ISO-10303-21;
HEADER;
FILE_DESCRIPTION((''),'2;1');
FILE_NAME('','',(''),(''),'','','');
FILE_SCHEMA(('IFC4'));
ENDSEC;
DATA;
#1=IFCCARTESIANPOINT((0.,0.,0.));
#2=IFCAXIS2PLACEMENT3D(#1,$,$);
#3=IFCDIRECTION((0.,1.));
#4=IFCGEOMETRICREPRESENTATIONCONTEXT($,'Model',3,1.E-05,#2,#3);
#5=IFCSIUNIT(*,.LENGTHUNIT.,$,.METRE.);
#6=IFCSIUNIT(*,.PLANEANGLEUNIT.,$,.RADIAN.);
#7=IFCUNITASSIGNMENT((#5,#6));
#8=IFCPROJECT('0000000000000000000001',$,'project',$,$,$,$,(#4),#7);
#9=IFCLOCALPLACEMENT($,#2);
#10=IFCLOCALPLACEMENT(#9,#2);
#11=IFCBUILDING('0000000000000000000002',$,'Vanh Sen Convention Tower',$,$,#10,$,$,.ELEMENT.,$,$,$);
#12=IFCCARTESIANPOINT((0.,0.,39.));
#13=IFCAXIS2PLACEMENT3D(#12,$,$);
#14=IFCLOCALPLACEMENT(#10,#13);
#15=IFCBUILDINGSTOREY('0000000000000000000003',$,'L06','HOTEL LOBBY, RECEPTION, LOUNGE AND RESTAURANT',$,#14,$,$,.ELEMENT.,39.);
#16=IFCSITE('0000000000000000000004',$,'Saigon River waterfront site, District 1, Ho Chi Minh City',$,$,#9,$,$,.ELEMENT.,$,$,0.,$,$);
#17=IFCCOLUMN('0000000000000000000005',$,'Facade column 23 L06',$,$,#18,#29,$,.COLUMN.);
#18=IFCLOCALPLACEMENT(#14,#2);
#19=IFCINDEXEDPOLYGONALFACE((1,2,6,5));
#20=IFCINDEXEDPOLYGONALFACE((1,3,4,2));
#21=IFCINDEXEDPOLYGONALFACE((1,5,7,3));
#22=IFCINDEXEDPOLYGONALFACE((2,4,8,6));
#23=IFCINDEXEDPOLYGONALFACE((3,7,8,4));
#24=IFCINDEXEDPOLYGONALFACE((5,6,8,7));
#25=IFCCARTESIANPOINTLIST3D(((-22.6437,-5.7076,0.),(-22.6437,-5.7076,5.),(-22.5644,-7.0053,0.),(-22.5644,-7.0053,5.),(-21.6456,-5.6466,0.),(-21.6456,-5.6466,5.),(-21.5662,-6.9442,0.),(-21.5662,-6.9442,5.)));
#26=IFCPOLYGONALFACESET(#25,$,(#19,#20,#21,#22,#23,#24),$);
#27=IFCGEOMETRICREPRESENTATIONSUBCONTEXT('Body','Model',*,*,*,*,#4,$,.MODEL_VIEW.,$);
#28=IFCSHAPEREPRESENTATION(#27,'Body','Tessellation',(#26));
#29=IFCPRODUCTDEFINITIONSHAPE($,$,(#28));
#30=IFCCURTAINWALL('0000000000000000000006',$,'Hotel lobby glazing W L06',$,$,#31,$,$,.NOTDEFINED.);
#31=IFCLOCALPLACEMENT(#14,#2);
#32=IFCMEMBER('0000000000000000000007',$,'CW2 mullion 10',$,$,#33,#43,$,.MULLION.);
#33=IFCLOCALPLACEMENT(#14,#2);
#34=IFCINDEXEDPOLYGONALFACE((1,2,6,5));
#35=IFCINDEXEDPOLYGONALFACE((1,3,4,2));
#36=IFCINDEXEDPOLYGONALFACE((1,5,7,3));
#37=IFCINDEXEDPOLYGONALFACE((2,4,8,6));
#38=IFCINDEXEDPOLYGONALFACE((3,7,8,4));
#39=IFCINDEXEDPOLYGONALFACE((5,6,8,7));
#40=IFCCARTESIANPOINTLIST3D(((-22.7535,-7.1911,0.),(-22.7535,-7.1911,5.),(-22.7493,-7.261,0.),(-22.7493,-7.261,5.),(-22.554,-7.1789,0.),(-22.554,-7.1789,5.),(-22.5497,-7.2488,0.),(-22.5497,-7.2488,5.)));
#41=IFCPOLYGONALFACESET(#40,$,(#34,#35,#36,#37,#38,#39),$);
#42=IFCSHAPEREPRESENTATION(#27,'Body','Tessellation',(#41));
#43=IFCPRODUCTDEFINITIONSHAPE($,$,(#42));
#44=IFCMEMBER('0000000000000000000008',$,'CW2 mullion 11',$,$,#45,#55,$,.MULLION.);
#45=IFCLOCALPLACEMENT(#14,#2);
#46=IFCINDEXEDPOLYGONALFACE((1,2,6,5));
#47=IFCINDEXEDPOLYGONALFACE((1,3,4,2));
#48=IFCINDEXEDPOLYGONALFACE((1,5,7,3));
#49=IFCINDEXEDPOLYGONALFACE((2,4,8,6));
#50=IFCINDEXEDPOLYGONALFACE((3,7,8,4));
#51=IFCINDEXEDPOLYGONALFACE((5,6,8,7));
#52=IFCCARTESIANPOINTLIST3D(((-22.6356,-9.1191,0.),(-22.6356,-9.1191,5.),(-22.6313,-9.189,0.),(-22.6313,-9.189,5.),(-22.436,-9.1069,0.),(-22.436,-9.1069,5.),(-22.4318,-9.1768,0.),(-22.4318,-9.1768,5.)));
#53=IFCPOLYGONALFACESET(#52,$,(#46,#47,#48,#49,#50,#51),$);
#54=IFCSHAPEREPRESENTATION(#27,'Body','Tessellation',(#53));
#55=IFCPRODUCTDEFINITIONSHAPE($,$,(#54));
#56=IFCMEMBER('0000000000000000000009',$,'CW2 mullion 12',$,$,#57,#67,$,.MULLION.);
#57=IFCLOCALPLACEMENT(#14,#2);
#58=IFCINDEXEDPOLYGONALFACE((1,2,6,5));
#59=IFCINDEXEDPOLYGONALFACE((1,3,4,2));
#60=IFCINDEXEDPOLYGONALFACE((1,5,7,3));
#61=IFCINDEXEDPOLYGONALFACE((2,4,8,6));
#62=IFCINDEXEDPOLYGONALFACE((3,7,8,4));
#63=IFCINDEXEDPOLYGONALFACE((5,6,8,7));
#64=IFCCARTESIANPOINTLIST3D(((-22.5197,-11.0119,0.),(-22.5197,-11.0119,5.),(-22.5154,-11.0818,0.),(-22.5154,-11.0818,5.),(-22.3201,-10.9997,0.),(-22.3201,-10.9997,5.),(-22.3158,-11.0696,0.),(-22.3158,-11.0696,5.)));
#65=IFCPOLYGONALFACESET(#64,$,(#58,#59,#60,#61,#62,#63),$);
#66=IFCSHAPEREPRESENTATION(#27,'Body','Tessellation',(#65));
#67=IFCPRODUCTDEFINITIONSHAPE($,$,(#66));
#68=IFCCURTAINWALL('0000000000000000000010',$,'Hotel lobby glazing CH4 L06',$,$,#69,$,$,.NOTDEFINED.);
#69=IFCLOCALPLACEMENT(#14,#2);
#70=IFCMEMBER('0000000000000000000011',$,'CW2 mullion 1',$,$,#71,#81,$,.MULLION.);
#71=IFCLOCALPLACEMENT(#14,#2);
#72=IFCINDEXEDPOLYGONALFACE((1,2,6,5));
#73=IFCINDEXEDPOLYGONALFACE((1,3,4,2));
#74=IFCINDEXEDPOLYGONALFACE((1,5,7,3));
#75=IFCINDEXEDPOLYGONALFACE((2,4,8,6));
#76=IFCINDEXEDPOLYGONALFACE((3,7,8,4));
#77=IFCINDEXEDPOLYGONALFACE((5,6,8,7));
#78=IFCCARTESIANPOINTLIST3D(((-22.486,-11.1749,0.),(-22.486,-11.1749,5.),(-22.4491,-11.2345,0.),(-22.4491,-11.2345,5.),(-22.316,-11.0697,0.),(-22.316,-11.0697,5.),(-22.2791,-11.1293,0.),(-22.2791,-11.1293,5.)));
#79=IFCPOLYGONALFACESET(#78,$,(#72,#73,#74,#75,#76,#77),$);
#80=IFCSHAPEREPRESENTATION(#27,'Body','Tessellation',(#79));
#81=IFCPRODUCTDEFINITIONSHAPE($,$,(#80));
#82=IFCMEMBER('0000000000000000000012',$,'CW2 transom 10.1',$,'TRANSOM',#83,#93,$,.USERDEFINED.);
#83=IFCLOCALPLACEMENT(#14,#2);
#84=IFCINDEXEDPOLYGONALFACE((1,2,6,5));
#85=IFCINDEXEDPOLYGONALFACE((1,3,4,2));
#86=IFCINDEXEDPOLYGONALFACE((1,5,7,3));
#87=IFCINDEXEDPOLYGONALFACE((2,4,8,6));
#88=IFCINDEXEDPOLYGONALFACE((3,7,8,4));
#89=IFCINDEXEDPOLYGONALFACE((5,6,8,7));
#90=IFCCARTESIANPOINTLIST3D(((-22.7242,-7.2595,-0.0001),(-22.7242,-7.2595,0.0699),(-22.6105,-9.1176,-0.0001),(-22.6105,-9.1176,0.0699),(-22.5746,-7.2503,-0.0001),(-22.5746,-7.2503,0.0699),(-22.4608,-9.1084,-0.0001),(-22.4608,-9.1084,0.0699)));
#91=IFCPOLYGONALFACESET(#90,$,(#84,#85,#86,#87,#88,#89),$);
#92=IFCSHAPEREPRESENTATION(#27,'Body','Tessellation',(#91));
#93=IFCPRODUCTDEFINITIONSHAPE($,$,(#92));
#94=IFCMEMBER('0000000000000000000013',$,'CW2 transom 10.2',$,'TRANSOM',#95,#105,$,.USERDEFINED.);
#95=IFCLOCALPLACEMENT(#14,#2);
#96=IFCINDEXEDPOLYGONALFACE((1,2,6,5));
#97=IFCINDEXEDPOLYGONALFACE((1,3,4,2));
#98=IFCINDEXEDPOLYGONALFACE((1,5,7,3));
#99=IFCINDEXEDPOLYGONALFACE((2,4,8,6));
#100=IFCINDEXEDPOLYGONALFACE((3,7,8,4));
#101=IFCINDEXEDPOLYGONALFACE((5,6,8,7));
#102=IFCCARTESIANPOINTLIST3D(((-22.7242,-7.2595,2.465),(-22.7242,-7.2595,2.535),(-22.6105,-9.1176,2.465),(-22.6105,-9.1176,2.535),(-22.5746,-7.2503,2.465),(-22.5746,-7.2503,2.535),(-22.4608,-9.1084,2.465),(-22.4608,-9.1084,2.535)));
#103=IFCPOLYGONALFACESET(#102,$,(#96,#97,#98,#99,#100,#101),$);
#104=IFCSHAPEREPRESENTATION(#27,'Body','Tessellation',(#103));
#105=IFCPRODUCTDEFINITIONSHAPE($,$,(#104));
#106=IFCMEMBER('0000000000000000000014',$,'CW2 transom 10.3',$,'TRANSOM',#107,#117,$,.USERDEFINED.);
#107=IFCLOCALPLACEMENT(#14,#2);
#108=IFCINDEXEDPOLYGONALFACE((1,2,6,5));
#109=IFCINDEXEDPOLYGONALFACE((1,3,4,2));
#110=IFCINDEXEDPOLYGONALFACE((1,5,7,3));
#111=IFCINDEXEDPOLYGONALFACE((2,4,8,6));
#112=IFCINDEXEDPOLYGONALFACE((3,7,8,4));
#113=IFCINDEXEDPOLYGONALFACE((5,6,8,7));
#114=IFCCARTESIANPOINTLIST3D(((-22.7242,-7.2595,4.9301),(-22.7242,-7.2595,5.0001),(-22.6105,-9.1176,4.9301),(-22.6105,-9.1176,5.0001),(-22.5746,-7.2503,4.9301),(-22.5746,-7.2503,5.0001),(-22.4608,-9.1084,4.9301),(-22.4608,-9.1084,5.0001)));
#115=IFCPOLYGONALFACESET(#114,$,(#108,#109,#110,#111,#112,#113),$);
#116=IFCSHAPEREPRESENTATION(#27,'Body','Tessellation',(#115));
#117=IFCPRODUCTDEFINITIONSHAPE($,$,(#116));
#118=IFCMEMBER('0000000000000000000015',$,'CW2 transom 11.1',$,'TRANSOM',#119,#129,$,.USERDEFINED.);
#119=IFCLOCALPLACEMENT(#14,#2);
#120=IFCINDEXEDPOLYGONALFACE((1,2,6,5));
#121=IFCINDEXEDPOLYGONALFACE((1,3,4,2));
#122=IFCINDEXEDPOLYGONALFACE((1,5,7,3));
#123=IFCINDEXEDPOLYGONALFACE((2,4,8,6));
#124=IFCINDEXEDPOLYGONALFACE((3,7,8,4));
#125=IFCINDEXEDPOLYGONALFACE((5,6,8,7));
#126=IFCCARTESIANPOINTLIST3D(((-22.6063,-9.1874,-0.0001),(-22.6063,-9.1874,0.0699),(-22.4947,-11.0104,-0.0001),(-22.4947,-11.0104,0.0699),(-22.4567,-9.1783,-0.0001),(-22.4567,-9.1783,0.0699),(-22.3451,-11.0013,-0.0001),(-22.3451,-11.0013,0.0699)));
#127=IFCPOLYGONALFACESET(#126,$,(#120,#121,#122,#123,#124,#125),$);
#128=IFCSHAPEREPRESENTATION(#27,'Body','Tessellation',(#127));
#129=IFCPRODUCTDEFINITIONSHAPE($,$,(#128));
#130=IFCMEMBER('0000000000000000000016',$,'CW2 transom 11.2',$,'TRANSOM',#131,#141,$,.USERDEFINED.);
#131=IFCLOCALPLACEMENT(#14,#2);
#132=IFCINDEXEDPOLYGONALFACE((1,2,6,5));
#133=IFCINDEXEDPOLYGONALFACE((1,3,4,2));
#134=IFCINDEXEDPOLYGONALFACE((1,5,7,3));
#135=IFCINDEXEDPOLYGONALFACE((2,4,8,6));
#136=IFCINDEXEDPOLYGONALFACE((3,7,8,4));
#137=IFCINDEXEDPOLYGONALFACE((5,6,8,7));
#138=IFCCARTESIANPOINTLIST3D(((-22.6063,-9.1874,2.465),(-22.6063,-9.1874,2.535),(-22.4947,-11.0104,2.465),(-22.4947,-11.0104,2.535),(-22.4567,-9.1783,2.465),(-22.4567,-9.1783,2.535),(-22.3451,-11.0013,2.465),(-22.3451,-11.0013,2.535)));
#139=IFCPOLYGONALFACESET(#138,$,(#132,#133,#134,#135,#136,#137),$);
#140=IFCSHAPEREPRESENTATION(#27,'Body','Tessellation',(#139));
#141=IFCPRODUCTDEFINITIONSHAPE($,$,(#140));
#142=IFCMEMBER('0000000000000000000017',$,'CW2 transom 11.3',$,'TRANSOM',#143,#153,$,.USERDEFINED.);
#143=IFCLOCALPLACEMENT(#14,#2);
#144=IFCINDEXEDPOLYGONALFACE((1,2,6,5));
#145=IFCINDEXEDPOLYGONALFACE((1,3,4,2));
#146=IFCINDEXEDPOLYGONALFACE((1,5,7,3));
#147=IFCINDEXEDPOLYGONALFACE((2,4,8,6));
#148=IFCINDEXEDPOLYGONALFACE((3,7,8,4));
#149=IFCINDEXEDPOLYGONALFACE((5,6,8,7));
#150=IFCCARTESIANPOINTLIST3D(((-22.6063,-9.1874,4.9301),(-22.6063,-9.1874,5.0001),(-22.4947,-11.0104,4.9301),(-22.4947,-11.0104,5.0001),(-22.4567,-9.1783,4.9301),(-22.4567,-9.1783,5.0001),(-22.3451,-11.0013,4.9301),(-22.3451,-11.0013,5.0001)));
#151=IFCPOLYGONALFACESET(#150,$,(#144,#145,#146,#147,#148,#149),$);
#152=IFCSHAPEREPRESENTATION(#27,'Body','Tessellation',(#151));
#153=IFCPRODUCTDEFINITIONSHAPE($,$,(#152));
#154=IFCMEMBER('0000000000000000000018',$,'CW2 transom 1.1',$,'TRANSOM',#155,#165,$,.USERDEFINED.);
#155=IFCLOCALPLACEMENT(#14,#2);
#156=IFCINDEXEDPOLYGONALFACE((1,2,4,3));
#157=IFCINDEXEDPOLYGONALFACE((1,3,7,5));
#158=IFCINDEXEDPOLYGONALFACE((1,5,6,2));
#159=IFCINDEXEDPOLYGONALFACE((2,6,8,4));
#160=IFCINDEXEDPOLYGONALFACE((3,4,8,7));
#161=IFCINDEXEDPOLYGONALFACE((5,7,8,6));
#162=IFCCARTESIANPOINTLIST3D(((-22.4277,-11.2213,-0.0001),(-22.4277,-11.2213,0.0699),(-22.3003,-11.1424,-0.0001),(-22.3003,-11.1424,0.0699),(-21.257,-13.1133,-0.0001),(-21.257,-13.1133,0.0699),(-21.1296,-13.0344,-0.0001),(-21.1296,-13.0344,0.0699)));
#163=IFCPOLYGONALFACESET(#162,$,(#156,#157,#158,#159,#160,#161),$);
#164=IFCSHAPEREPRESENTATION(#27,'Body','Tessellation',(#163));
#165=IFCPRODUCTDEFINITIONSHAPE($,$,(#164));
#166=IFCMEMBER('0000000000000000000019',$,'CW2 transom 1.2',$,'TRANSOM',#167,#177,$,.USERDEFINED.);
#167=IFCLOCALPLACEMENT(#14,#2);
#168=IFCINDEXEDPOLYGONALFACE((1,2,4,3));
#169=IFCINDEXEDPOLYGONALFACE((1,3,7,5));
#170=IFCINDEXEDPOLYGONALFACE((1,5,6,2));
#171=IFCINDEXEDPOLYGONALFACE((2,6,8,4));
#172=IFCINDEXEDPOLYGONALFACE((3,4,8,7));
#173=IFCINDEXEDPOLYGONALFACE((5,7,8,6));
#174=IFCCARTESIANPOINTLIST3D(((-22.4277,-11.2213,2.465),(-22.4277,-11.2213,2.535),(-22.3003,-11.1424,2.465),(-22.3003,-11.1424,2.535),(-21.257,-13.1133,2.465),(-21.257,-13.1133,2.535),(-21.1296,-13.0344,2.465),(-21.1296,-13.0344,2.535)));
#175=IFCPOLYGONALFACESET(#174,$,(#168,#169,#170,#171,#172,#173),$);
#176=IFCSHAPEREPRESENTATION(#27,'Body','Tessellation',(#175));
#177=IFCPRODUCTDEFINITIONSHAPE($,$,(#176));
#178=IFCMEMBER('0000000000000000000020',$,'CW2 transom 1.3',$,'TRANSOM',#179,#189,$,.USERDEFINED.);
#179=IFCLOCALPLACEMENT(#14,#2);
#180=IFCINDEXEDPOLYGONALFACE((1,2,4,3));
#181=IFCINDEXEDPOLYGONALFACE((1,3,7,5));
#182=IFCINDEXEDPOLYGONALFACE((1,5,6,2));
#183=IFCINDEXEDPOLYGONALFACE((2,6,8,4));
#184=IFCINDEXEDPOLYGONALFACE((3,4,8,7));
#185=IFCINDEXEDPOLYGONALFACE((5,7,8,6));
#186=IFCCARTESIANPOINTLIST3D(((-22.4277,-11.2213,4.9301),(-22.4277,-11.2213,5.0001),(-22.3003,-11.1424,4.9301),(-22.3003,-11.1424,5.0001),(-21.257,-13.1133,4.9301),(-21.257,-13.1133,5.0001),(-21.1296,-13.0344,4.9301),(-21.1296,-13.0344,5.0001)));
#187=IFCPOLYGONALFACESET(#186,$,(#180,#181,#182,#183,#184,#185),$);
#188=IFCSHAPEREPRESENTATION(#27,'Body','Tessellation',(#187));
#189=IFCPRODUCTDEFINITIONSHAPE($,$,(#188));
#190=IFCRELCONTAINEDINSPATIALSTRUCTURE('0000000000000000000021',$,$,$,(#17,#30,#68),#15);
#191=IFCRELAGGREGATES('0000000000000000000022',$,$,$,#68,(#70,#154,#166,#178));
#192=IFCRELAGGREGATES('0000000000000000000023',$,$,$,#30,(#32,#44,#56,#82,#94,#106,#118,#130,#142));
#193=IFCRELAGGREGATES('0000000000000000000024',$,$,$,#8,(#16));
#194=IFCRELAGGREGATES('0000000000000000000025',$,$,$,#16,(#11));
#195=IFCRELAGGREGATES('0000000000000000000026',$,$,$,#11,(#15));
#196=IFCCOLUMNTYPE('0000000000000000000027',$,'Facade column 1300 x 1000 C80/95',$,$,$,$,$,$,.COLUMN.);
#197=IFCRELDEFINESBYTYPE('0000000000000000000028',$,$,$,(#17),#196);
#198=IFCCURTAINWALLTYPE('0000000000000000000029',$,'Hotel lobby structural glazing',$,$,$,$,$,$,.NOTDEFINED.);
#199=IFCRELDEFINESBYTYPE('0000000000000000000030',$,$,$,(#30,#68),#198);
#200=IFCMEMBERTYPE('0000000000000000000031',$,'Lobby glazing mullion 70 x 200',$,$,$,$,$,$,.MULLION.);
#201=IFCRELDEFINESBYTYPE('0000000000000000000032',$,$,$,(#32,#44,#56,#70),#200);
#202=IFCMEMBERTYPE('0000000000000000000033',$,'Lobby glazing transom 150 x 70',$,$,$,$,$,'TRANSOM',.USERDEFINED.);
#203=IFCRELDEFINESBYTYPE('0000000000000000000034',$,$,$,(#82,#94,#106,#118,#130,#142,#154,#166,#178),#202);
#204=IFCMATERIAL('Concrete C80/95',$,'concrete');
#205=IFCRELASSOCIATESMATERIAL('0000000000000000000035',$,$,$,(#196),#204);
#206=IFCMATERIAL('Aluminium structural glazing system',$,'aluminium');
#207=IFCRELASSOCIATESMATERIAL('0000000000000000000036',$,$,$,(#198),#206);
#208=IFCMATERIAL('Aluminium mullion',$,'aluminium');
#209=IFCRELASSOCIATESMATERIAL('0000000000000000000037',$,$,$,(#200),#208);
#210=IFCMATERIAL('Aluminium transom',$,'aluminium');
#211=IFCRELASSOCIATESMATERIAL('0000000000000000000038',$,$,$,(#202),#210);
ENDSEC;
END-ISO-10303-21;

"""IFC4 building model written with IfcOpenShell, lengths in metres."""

from ifc_helpers import new_model, si_unit, direction, frame, origin, origin_2d, place, context, subcontext, project, spatial, rectangle, extrude, material, material_profile, profile_set, type_object, element, aggregate, save


model = new_model("IFC4")

# Units and contexts
model_context = context("Model", 3, precision=1e-05, world=origin(), true_north=direction((0.0, 1.0)))
body_context = subcontext(model_context, "Body", "Model", "MODEL_VIEW")
ifc_project = project(units=[si_unit("LENGTHUNIT", "METRE"), si_unit("PLANEANGLEUNIT", "RADIAN")], contexts=[model_context])

# Site, building, storey
site_placement = place(None, origin())
site = spatial("IfcSite", under=ifc_project, at=site_placement, Name="Saigon River waterfront site, District 1, Ho Chi Minh City", CompositionType="ELEMENT", RefElevation=0.0)
building_placement = place(site_placement, origin())
building = spatial("IfcBuilding", under=site, at=building_placement, Name="Vanh Sen Convention Tower", CompositionType="ELEMENT")
storey_placement = place(building_placement, frame((0.0, 0.0, 39.0)))
storey = spatial("IfcBuildingStorey", under=building, at=storey_placement, Name="L06", Description="HOTEL LOBBY, RECEPTION, LOUNGE AND RESTAURANT", CompositionType="ELEMENT", Elevation=39.0)

# Column
ifc_material_1 = material(Name="Concrete C80/95", Category="concrete")
ifc_material_profile_1 = material_profile(ifc_material_1, rectangle(XDim=1.3, YDim=1.0, at=origin_2d()), Name="RC 1300X1000")
ifc_profile_set_1 = profile_set([ifc_material_profile_1], Name="Concrete C80/95")
column_type = type_object("IfcColumnType", Name="Facade column 1300 x 1000 C80/95", PredefinedType="COLUMN", material=ifc_profile_set_1)
column_placement = place(storey_placement, frame((-22.105, -6.3259, 0.0), z_axis=(0.0, 0.0, 1.0), x_axis=(0.061049, -0.998135, 0.0)))
element("IfcColumn", 1, at=column_placement, inside=storey, type_object=column_type, Name="Facade column 23 L06", PredefinedType="COLUMN", context=body_context, shape_type="SweptSolid", body=[
    extrude(rectangle(XDim=1.3, YDim=1.0, at=origin_2d()), origin(), (0.0, 0.0, 1.0), 5.0),
])

# Curtain wall, members
ifc_material_2 = material(Name="Aluminium structural glazing system", Category="aluminium")
curtain_wall_type_1 = type_object("IfcCurtainWallType", Name="Hotel lobby structural glazing", PredefinedType="NOTDEFINED", material=ifc_material_2)
curtain_wall_1_placement = place(storey_placement, origin())
curtain_wall_1 = element("IfcCurtainWall", 2, at=curtain_wall_1_placement, inside=storey, type_object=curtain_wall_type_1, Name="Hotel lobby glazing W L06", PredefinedType="NOTDEFINED")
ifc_material_3 = material(Name="Aluminium mullion", Category="aluminium")
ifc_material_profile_2 = material_profile(ifc_material_3, rectangle(XDim=0.2, YDim=0.0701, at=origin_2d()), Name="Lobby glazing mullion 70 x 200")
ifc_profile_set_2 = profile_set([ifc_material_profile_2], Name="Aluminium mullion")
member_type_1 = type_object("IfcMemberType", Name="Lobby glazing mullion 70 x 200", PredefinedType="MULLION", material=ifc_profile_set_2)
member_1_placement = place(storey_placement, frame((-22.6516, -7.22, 0.0), z_axis=(0.0, 0.0, 1.0), x_axis=(0.998135, 0.061046, 0.0)))
member_1 = element("IfcMember", 3, at=member_1_placement, type_object=member_type_1, Name="CW2 mullion 10", PredefinedType="MULLION", context=body_context, shape_type="SweptSolid", body=[
    extrude(rectangle(XDim=0.2, YDim=0.0701, at=origin_2d()), origin(), (0.0, 0.0, 1.0), 5.0),
])
member_2_placement = place(storey_placement, frame((-22.5337, -9.1479, 0.0), z_axis=(0.0, 0.0, 1.0), x_axis=(0.998135, 0.061046, 0.0)))
member_2 = element("IfcMember", 4, at=member_2_placement, type_object=member_type_1, Name="CW2 mullion 11", PredefinedType="MULLION", context=body_context, shape_type="SweptSolid", body=[
    extrude(rectangle(XDim=0.2, YDim=0.0701, at=origin_2d()), origin(), (0.0, 0.0, 1.0), 5.0),
])
member_3_placement = place(storey_placement, frame((-22.4177, -11.0408, 0.0), z_axis=(0.0, 0.0, 1.0), x_axis=(0.998135, 0.061046, 0.0)))
member_3 = element("IfcMember", 5, at=member_3_placement, type_object=member_type_1, Name="CW2 mullion 12", PredefinedType="MULLION", context=body_context, shape_type="SweptSolid", body=[
    extrude(rectangle(XDim=0.2, YDim=0.0701, at=origin_2d()), origin(), (0.0, 0.0, 1.0), 5.0),
])

# Curtain wall, member
curtain_wall_2_placement = place(storey_placement, origin())
curtain_wall_2 = element("IfcCurtainWall", 6, at=curtain_wall_2_placement, inside=storey, type_object=curtain_wall_type_1, Name="Hotel lobby glazing CH4 L06", PredefinedType="NOTDEFINED")
member_4_placement = place(storey_placement, frame((-22.3826, -11.1521, 0.0), z_axis=(0.0, 0.0, 1.0), x_axis=(0.850347, 0.526222, 0.0)))
member_4 = element("IfcMember", 7, at=member_4_placement, type_object=member_type_1, Name="CW2 mullion 1", PredefinedType="MULLION", context=body_context, shape_type="SweptSolid", body=[
    extrude(rectangle(XDim=0.2, YDim=0.0701, at=origin_2d()), origin(), (0.0, 0.0, 1.0), 5.0),
])

# Members
ifc_material_4 = material(Name="Aluminium transom", Category="aluminium")
ifc_material_profile_3 = material_profile(ifc_material_4, rectangle(XDim=0.1499, YDim=0.0701, at=origin_2d()), Name="Lobby glazing transom 150 x 70")
ifc_profile_set_3 = profile_set([ifc_material_profile_3], Name="Aluminium transom")
member_type_2 = type_object("IfcMemberType", Name="Lobby glazing transom 150 x 70", ElementType="TRANSOM", PredefinedType="USERDEFINED", material=ifc_profile_set_3)
member_5_placement = place(storey_placement, frame((-22.6494, -7.2549, 0.0349), z_axis=(0.061113, -0.998131, 0.0), x_axis=(0.998131, 0.061113, 0.0)))
member_5 = element("IfcMember", 8, at=member_5_placement, type_object=member_type_2, Name="CW2 transom 10.1", ObjectType="TRANSOM", PredefinedType="USERDEFINED", context=body_context, shape_type="SweptSolid", body=[
    extrude(rectangle(XDim=0.1499, YDim=0.0701, at=origin_2d()), origin(), (0.0, 0.0, 1.0), 1.8616),
])
member_6_placement = place(storey_placement, frame((-22.6494, -7.2549, 2.5), z_axis=(0.061113, -0.998131, 0.0), x_axis=(0.998131, 0.061113, 0.0)))
member_6 = element("IfcMember", 9, at=member_6_placement, type_object=member_type_2, Name="CW2 transom 10.2", ObjectType="TRANSOM", PredefinedType="USERDEFINED", context=body_context, shape_type="SweptSolid", body=[
    extrude(rectangle(XDim=0.1499, YDim=0.0701, at=origin_2d()), origin(), (0.0, 0.0, 1.0), 1.8616),
])
member_7_placement = place(storey_placement, frame((-22.6494, -7.2549, 4.9651), z_axis=(0.061113, -0.998131, 0.0), x_axis=(0.998131, 0.061113, 0.0)))
member_7 = element("IfcMember", 10, at=member_7_placement, type_object=member_type_2, Name="CW2 transom 10.3", ObjectType="TRANSOM", PredefinedType="USERDEFINED", context=body_context, shape_type="SweptSolid", body=[
    extrude(rectangle(XDim=0.1499, YDim=0.0701, at=origin_2d()), origin(), (0.0, 0.0, 1.0), 1.8616),
])
member_8_placement = place(storey_placement, frame((-22.5315, -9.1829, 0.0349), z_axis=(0.061088, -0.998132, 0.0), x_axis=(0.998132, 0.061088, 0.0)))
member_8 = element("IfcMember", 11, at=member_8_placement, type_object=member_type_2, Name="CW2 transom 11.1", ObjectType="TRANSOM", PredefinedType="USERDEFINED", context=body_context, shape_type="SweptSolid", body=[
    extrude(rectangle(XDim=0.1499, YDim=0.0701, at=origin_2d()), origin(), (0.0, 0.0, 1.0), 1.8264),
])
member_9_placement = place(storey_placement, frame((-22.5315, -9.1829, 2.5), z_axis=(0.061088, -0.998132, 0.0), x_axis=(0.998132, 0.061088, 0.0)))
member_9 = element("IfcMember", 12, at=member_9_placement, type_object=member_type_2, Name="CW2 transom 11.2", ObjectType="TRANSOM", PredefinedType="USERDEFINED", context=body_context, shape_type="SweptSolid", body=[
    extrude(rectangle(XDim=0.1499, YDim=0.0701, at=origin_2d()), origin(), (0.0, 0.0, 1.0), 1.8264),
])
member_10_placement = place(storey_placement, frame((-22.5315, -9.1829, 4.9651), z_axis=(0.061088, -0.998132, 0.0), x_axis=(0.998132, 0.061088, 0.0)))
member_10 = element("IfcMember", 13, at=member_10_placement, type_object=member_type_2, Name="CW2 transom 11.3", ObjectType="TRANSOM", PredefinedType="USERDEFINED", context=body_context, shape_type="SweptSolid", body=[
    extrude(rectangle(XDim=0.1499, YDim=0.0701, at=origin_2d()), origin(), (0.0, 0.0, 1.0), 1.8264),
])
member_11_placement = place(storey_placement, frame((-22.364, -11.1819, 0.0349), z_axis=(0.526196, -0.850363, 0.0), x_axis=(0.850363, 0.526196, 0.0)))
member_11 = element("IfcMember", 14, at=member_11_placement, type_object=member_type_2, Name="CW2 transom 1.1", ObjectType="TRANSOM", PredefinedType="USERDEFINED", context=body_context, shape_type="SweptSolid", body=[
    extrude(rectangle(XDim=0.1499, YDim=0.0701, at=origin_2d()), origin(), (0.0, 0.0, 1.0), 2.2249),
])
member_12_placement = place(storey_placement, frame((-22.364, -11.1819, 2.5), z_axis=(0.526196, -0.850363, 0.0), x_axis=(0.850363, 0.526196, 0.0)))
member_12 = element("IfcMember", 15, at=member_12_placement, type_object=member_type_2, Name="CW2 transom 1.2", ObjectType="TRANSOM", PredefinedType="USERDEFINED", context=body_context, shape_type="SweptSolid", body=[
    extrude(rectangle(XDim=0.1499, YDim=0.0701, at=origin_2d()), origin(), (0.0, 0.0, 1.0), 2.2249),
])
member_13_placement = place(storey_placement, frame((-22.364, -11.1819, 4.9651), z_axis=(0.526196, -0.850363, 0.0), x_axis=(0.850363, 0.526196, 0.0)))
member_13 = element("IfcMember", 16, at=member_13_placement, type_object=member_type_2, Name="CW2 transom 1.3", ObjectType="TRANSOM", PredefinedType="USERDEFINED", context=body_context, shape_type="SweptSolid", body=[
    extrude(rectangle(XDim=0.1499, YDim=0.0701, at=origin_2d()), origin(), (0.0, 0.0, 1.0), 2.2249),
])
aggregate(curtain_wall_2, [member_4, member_11, member_12, member_13])

aggregate(curtain_wall_1, [member_1, member_2, member_3, member_5, member_6, member_7, member_8, member_9, member_10])

save(model, "model.ifc")
